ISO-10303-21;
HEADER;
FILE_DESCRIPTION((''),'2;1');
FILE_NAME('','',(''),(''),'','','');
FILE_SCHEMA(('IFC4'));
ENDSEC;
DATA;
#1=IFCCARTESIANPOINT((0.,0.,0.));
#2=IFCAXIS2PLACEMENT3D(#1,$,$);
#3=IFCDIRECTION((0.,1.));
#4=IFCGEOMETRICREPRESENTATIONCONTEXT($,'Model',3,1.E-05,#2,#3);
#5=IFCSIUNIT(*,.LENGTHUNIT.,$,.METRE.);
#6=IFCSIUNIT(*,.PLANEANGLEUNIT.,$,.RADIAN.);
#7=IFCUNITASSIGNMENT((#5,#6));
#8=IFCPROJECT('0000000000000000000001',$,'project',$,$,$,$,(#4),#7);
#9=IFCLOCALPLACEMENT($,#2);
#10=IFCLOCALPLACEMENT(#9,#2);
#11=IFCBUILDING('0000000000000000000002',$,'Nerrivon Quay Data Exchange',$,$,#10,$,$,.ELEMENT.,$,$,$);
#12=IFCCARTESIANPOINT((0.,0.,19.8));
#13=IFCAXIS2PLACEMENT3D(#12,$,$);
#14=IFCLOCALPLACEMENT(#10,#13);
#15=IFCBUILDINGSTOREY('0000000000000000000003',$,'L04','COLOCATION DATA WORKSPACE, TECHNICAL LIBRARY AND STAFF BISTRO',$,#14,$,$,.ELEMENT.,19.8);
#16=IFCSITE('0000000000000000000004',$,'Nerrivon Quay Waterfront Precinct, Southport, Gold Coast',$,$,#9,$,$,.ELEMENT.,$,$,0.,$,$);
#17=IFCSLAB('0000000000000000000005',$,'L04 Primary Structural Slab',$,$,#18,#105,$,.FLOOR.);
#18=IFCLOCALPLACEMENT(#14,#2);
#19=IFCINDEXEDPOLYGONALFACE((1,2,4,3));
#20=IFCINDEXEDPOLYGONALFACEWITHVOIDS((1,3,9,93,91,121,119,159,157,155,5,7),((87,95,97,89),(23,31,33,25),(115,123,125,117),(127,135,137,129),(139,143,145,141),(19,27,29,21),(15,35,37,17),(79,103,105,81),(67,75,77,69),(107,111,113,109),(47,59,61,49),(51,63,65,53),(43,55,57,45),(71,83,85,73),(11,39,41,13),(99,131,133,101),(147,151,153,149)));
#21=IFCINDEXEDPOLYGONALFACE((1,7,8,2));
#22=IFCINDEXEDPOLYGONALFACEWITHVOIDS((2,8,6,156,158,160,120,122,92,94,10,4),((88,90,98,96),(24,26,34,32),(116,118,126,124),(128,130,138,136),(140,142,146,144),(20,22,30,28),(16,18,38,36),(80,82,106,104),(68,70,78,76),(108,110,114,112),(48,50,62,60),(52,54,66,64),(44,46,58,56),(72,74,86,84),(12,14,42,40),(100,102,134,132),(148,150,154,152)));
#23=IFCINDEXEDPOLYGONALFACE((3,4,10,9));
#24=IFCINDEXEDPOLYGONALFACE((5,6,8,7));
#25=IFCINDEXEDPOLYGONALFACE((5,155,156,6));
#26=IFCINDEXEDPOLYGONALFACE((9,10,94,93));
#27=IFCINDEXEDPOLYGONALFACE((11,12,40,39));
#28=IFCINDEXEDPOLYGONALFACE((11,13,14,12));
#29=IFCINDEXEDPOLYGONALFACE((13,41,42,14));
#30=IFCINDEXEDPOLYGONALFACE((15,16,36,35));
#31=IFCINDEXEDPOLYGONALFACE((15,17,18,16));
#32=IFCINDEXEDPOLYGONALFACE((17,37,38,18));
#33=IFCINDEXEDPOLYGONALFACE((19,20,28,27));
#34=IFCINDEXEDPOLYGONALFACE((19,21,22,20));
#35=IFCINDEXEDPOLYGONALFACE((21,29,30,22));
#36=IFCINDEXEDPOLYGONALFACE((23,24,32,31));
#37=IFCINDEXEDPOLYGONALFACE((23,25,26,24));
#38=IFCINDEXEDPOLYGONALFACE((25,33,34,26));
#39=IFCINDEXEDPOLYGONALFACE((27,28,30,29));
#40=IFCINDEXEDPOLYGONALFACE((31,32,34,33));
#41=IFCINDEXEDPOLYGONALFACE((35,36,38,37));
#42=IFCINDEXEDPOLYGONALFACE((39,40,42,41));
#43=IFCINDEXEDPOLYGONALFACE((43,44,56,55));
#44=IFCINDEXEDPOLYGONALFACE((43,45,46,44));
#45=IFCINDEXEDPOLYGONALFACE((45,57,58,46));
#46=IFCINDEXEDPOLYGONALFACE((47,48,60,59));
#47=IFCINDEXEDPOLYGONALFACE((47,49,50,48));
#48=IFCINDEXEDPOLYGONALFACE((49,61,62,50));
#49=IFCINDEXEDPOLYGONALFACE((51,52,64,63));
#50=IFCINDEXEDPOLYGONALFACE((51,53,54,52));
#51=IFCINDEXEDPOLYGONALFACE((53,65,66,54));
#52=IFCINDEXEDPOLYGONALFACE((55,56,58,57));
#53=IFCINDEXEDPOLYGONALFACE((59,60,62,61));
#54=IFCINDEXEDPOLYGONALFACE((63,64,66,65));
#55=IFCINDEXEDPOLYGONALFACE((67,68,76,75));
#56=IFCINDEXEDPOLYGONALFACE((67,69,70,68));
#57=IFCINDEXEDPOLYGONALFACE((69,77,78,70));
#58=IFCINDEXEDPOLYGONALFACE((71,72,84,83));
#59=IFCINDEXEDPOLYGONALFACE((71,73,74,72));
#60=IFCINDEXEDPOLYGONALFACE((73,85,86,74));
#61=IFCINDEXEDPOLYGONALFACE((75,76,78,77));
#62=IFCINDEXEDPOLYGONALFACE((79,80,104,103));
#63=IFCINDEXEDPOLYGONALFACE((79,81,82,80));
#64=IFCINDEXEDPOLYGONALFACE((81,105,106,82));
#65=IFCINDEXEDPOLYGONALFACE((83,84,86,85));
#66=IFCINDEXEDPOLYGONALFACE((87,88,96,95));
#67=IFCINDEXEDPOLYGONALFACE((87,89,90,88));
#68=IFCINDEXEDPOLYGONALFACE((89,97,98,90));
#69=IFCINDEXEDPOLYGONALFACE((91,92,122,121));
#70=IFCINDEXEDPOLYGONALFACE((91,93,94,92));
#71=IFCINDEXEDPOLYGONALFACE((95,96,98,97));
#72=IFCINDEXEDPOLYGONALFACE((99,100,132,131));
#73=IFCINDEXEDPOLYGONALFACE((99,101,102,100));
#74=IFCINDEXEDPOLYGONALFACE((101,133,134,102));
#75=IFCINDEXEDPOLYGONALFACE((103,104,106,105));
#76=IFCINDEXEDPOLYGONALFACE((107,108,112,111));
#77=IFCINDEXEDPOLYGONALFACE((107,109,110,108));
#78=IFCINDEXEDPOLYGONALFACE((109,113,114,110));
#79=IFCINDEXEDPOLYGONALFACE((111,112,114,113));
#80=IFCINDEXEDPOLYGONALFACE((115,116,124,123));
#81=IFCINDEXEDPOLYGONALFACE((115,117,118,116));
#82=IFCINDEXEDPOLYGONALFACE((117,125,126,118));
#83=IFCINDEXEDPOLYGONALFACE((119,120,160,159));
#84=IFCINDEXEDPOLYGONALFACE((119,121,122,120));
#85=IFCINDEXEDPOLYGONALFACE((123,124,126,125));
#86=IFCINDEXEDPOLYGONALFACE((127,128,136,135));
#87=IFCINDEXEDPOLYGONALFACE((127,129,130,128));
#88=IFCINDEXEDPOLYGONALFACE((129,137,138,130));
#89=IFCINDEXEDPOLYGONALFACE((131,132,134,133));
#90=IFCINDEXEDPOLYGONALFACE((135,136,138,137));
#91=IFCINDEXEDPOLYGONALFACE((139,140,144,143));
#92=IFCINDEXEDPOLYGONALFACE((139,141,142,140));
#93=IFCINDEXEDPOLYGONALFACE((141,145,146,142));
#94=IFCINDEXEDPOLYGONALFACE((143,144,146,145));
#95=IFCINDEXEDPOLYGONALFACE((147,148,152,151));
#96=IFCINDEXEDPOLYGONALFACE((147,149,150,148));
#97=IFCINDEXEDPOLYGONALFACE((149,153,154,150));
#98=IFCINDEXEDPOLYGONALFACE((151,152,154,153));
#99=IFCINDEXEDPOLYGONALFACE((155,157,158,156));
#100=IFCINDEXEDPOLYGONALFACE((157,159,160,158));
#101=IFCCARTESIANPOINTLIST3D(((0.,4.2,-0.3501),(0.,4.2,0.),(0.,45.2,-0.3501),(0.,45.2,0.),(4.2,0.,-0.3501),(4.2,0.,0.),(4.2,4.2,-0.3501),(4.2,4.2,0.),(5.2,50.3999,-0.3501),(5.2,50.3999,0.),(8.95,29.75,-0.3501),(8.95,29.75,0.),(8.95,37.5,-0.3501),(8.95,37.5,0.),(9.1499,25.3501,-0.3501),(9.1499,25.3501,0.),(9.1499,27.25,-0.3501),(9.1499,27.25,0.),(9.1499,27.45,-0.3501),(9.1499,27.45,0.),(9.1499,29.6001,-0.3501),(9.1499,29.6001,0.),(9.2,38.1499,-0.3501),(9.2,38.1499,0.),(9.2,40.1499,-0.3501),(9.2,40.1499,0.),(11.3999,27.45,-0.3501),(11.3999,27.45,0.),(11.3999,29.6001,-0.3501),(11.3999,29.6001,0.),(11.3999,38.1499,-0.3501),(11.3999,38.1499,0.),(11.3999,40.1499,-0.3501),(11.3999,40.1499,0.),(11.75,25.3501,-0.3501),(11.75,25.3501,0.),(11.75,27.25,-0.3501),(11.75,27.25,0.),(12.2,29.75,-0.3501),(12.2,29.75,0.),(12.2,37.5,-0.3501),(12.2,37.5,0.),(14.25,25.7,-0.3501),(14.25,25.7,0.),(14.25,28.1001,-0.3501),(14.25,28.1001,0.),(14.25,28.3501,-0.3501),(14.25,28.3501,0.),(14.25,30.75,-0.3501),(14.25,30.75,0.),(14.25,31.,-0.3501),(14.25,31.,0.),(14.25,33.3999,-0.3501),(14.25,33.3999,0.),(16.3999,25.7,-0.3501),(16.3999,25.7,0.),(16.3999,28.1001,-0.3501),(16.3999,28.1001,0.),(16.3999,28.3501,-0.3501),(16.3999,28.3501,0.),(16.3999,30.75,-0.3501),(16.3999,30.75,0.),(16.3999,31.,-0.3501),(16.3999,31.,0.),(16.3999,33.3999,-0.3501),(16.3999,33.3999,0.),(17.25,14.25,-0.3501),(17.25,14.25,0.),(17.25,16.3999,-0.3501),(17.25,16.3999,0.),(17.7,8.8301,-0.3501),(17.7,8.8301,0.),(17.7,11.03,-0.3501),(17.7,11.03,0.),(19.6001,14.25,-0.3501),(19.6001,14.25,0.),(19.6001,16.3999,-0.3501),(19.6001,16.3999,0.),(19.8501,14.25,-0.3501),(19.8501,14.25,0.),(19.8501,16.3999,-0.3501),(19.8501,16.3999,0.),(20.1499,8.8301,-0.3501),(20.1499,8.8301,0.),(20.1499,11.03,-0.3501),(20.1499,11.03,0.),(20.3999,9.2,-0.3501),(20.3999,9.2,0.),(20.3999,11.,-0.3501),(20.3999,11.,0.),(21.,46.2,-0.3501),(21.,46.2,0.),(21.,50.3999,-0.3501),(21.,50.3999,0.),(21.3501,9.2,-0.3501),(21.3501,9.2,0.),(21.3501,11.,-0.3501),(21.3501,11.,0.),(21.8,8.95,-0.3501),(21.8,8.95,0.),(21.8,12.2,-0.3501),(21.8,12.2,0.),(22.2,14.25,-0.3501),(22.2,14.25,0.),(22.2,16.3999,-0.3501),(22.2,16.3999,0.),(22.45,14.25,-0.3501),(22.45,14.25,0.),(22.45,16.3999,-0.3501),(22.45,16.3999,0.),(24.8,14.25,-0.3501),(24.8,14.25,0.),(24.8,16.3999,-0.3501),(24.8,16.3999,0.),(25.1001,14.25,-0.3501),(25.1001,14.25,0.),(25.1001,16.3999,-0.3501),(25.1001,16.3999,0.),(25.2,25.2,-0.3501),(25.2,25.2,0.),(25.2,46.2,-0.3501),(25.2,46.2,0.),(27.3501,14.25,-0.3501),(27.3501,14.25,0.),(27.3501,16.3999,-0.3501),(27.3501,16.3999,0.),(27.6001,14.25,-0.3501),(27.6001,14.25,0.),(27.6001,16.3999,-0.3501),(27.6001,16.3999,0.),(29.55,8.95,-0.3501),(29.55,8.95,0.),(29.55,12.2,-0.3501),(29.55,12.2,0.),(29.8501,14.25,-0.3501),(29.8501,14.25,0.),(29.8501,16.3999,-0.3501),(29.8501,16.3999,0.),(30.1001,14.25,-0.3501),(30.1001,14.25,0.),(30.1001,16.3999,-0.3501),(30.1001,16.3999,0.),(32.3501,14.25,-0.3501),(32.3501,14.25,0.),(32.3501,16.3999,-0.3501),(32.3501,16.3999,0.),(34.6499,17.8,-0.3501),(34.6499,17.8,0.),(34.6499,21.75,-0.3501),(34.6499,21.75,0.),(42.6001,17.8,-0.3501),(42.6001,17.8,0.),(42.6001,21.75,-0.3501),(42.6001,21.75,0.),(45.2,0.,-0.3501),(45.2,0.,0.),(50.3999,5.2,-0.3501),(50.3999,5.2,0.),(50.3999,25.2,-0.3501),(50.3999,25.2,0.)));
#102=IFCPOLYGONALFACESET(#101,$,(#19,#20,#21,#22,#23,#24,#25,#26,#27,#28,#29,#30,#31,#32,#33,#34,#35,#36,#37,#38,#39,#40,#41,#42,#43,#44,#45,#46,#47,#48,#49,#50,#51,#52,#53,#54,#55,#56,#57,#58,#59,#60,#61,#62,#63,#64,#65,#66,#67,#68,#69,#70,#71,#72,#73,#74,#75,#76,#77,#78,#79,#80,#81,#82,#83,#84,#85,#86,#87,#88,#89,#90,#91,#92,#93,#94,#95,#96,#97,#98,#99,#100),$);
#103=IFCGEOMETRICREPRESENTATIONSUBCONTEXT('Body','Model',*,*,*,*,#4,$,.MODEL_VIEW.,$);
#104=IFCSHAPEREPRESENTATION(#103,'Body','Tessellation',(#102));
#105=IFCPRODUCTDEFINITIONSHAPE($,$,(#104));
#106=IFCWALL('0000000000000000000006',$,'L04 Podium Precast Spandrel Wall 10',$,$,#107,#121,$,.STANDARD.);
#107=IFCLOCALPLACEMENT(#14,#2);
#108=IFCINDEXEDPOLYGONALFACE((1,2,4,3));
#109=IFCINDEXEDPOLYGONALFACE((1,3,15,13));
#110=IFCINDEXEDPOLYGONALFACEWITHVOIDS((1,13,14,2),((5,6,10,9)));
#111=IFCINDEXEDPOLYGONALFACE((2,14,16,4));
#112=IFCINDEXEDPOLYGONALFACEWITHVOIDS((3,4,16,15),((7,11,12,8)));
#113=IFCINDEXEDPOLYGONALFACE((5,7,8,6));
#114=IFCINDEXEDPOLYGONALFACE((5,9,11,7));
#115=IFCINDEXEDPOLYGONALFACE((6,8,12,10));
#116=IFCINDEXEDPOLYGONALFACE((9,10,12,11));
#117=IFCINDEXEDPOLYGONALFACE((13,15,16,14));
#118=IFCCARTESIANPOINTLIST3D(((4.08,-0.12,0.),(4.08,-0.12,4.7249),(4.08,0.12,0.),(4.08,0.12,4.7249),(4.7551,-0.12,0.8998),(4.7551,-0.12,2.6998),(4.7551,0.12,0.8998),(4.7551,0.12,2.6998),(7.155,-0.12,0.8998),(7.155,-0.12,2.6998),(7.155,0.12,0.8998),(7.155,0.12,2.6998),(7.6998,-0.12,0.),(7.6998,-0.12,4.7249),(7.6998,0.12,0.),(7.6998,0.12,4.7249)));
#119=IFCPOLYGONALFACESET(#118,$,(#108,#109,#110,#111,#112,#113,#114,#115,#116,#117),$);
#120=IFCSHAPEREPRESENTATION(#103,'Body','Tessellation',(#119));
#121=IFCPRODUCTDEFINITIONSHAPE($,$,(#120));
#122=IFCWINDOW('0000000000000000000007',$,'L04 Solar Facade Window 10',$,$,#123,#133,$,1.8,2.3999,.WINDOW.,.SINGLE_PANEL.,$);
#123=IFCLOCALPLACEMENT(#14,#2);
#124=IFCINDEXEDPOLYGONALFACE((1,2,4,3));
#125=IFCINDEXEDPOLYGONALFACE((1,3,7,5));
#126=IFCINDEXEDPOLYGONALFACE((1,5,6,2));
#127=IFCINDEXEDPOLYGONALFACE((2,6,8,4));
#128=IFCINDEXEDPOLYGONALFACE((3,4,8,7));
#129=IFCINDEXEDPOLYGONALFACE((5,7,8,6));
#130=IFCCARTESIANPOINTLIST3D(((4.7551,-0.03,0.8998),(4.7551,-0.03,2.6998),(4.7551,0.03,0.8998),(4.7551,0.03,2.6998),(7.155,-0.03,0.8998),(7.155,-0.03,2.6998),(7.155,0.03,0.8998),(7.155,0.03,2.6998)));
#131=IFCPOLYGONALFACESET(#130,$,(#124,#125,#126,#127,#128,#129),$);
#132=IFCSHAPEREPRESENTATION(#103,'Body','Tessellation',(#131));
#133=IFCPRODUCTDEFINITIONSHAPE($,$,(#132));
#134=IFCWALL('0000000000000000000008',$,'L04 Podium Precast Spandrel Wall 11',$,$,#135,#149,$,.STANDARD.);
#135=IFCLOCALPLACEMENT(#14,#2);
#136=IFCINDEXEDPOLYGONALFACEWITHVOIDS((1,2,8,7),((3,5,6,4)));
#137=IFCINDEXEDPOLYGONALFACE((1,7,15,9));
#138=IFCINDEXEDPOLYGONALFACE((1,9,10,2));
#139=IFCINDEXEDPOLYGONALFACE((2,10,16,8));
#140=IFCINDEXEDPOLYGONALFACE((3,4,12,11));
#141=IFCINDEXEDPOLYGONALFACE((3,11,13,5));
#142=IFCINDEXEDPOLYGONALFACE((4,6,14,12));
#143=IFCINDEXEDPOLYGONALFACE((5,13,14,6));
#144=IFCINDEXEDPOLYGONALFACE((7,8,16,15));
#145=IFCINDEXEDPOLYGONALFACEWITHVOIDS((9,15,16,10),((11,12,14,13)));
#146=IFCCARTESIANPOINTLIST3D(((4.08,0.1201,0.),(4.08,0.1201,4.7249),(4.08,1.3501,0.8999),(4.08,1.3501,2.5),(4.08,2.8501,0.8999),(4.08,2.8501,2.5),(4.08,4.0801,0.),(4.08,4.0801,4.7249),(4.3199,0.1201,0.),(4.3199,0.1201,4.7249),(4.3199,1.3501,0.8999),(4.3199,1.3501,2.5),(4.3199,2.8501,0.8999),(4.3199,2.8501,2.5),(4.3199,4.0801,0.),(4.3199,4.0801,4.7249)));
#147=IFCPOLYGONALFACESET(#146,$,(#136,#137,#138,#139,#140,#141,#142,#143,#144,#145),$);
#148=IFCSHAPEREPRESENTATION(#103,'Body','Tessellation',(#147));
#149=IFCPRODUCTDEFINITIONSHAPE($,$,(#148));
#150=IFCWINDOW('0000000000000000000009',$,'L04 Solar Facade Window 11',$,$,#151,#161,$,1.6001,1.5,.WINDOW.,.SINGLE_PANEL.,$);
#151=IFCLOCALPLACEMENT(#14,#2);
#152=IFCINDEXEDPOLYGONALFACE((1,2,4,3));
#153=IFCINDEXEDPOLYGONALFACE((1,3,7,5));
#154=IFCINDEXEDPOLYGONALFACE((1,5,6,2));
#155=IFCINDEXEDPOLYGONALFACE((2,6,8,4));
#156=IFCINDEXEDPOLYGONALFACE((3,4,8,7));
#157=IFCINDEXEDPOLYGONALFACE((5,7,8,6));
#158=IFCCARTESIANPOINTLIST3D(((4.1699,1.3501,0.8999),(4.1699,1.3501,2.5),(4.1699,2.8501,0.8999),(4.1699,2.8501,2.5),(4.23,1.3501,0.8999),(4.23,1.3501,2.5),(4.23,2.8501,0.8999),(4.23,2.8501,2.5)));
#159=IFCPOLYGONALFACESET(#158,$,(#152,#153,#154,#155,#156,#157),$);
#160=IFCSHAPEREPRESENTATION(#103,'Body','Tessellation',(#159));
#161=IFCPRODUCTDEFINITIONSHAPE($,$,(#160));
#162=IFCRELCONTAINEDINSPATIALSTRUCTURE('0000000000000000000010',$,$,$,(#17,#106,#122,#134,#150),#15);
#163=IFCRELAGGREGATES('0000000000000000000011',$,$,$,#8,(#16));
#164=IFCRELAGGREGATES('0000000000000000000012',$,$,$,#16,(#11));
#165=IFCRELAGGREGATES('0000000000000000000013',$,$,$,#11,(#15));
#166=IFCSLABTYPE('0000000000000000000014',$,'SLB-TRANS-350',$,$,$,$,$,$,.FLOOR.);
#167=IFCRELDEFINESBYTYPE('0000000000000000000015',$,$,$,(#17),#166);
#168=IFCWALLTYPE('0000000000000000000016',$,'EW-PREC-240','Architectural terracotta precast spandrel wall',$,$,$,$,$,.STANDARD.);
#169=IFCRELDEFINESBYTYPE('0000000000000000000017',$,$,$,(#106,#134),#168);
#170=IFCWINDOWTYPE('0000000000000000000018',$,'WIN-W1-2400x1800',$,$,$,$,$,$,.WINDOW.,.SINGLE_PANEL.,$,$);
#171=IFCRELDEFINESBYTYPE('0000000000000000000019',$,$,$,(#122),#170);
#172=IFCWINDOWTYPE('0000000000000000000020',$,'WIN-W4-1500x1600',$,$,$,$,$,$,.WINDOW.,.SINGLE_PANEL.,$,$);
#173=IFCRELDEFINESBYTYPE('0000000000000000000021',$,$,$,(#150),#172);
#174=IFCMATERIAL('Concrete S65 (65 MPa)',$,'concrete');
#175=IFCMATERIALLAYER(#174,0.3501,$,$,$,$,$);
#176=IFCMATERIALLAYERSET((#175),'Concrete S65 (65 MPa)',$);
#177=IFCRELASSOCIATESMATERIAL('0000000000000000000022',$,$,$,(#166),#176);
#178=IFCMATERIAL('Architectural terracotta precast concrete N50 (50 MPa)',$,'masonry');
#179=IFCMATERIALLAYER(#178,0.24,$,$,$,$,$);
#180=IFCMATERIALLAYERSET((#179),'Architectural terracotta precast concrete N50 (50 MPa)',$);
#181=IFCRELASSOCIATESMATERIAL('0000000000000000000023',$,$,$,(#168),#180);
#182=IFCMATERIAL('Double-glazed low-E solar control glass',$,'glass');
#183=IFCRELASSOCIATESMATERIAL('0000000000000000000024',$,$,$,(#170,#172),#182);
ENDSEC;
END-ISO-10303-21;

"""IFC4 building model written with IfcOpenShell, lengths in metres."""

from ifc_helpers import new_model, si_unit, direction, frame, frame_2d, origin, place, context, subcontext, project, spatial, polyline, rectangle, outline, extrude, material, layer, layer_set, type_object, element, fill, save


model = new_model("IFC4")

# Units and contexts
model_context = context("Model", 3, precision=1e-05, world=origin(), true_north=direction((0.0, 1.0)))
body_context = subcontext(model_context, "Body", "Model", "MODEL_VIEW")
ifc_project = project(units=[si_unit("LENGTHUNIT", "METRE"), si_unit("PLANEANGLEUNIT", "RADIAN")], contexts=[model_context])

# Site, building, storey
site_placement = place(None, origin())
site = spatial("IfcSite", under=ifc_project, at=site_placement, Name="Nerrivon Quay Waterfront Precinct, Southport, Gold Coast", CompositionType="ELEMENT", RefElevation=0.0)
building_placement = place(site_placement, origin())
building = spatial("IfcBuilding", under=site, at=building_placement, Name="Nerrivon Quay Data Exchange", CompositionType="ELEMENT")
storey_placement = place(building_placement, frame((0.0, 0.0, 19.8)))
storey = spatial("IfcBuildingStorey", under=building, at=storey_placement, Name="L04", Description="COLOCATION DATA WORKSPACE, TECHNICAL LIBRARY AND STAFF BISTRO", CompositionType="ELEMENT", Elevation=19.8)

# Shared definitions
ifc_material_1 = material(Name="Double-glazed low-E solar control glass", Category="glass")

# Slab
ifc_material_2 = material(Name="Concrete S65 (65 MPa)", Category="concrete")
ifc_layer_1 = layer(ifc_material_2, 0.3501)
ifc_layer_set_1 = layer_set([ifc_layer_1], Name="Concrete S65 (65 MPa)")
slab_type_1 = type_object("IfcSlabType", Name="SLB-TRANS-350", PredefinedType="FLOOR", material=ifc_layer_set_1)
slab_1_placement = place(storey_placement, frame((0.0, 0.0, -0.3501)))
element("IfcSlab", 1, at=slab_1_placement, inside=storey, type_object=slab_type_1, Name="L04 Primary Structural Slab", PredefinedType="FLOOR", context=body_context, shape_type="SweptSolid", body=[
    extrude(outline(polyline([(50.3999, 25.2), (25.2, 25.2), (25.2, 46.2), (21.0, 46.2), (21.0, 50.3999), (5.2, 50.3999), (0.0, 45.2), (0.0, 4.2), (4.2, 4.2), (4.2, 0.0), (45.2, 0.0), (50.3999, 5.2), (50.3999, 25.2)]), holes=[polyline([(8.95, 29.75), (8.95, 37.5), (12.2, 37.5), (12.2, 29.75), (8.95, 29.75)]), polyline([(21.8, 12.2), (29.55, 12.2), (29.55, 8.95), (21.8, 8.95), (21.8, 12.2)]), polyline([(34.6499, 21.75), (42.6001, 21.75), (42.6001, 17.8), (34.6499, 17.8), (34.6499, 21.75)]), polyline([(30.1001, 16.3999), (32.3501, 16.3999), (32.3501, 14.25), (30.1001, 14.25), (30.1001, 16.3999)]), polyline([(27.6001, 16.3999), (29.8501, 16.3999), (29.8501, 14.25), (27.6001, 14.25), (27.6001, 16.3999)]), polyline([(25.1001, 16.3999), (27.3501, 16.3999), (27.3501, 14.25), (25.1001, 14.25), (25.1001, 16.3999)]), polyline([(22.45, 16.3999), (24.8, 16.3999), (24.8, 14.25), (22.45, 14.25), (22.45, 16.3999)]), polyline([(19.8501, 16.3999), (22.2, 16.3999), (22.2, 14.25), (19.8501, 14.25), (19.8501, 16.3999)]), polyline([(20.3999, 11.0), (21.3501, 11.0), (21.3501, 9.2), (20.3999, 9.2), (20.3999, 11.0)]), polyline([(17.7, 8.8301), (17.7, 11.03), (20.1499, 11.03), (20.1499, 8.8301), (17.7, 8.8301)]), polyline([(17.25, 14.25), (17.25, 16.3999), (19.6001, 16.3999), (19.6001, 14.25), (17.25, 14.25)]), polyline([(14.25, 28.1001), (16.3999, 28.1001), (16.3999, 25.7), (14.25, 25.7), (14.25, 28.1001)]), polyline([(14.25, 30.75), (16.3999, 30.75), (16.3999, 28.3501), (14.25, 28.3501), (14.25, 30.75)]), polyline([(14.25, 33.3999), (16.3999, 33.3999), (16.3999, 31.0), (14.25, 31.0), (14.25, 33.3999)]), polyline([(9.1499, 27.25), (11.75, 27.25), (11.75, 25.3501), (9.1499, 25.3501), (9.1499, 27.25)]), polyline([(9.1499, 29.6001), (11.3999, 29.6001), (11.3999, 27.45), (9.1499, 27.45), (9.1499, 29.6001)]), polyline([(9.2, 40.1499), (11.3999, 40.1499), (11.3999, 38.1499), (9.2, 38.1499), (9.2, 40.1499)])]), origin(), (0.0, 0.0, 1.0), 0.3501),
])

# Walls, openings, windows
ifc_material_3 = material(Name="Architectural terracotta precast concrete N50 (50 MPa)", Category="masonry")
ifc_layer_2 = layer(ifc_material_3, 0.24)
ifc_layer_set_2 = layer_set([ifc_layer_2], Name="Architectural terracotta precast concrete N50 (50 MPa)")
wall_type_1 = type_object("IfcWallType", Name="EW-PREC-240", Description="Architectural terracotta precast spandrel wall", PredefinedType="STANDARD", material=ifc_layer_set_2)
wall_1_placement = place(storey_placement, frame((7.7, 0.0, 0.0), z_axis=(0.0, 0.0, 1.0), x_axis=(-1.0, 0.0, 0.0)))
wall_1 = element("IfcWall", 2, at=wall_1_placement, inside=storey, type_object=wall_type_1, Name="L04 Podium Precast Spandrel Wall 10", PredefinedType="STANDARD", context=body_context, shape_type="SweptSolid", body=[
    extrude(rectangle(XDim=3.6199, YDim=0.24, at=frame_2d((1.8101, 0.0))), origin(), (0.0, 0.0, 1.0), 4.7249),
])
opening_1_placement = place(wall_1_placement, frame((0.5449, 0.0, 0.8999)))
opening_1 = element("IfcOpeningElement", 3, at=opening_1_placement, cuts=wall_1, PredefinedType="OPENING", context=body_context, shape_type="SweptSolid", body=[
    extrude(rectangle(XDim=2.3999, YDim=1.8, at=frame_2d((1.2, 0.8999))), frame((0.0, 0.1299, 0.0), z_axis=(0.0, -1.0, 0.0), x_axis=(1.0, 0.0, 0.0)), (0.0, 0.0, 1.0), 0.26),
])
window_type_1 = type_object("IfcWindowType", Name="WIN-W1-2400x1800", PartitioningType="SINGLE_PANEL", PredefinedType="WINDOW", material=ifc_material_1)
window_1_placement = place(opening_1_placement, origin())
window_1 = element("IfcWindow", 4, at=window_1_placement, inside=storey, type_object=window_type_1, Name="L04 Solar Facade Window 10", OverallHeight=1.8, OverallWidth=2.3999, PartitioningType="SINGLE_PANEL", PredefinedType="WINDOW", context=body_context, shape_type="SweptSolid", body=[
    extrude(rectangle(XDim=2.3999, YDim=1.8, at=frame_2d((1.2, 0.8999))), frame((0.0, 0.03, 0.0), z_axis=(0.0, -1.0, 0.0), x_axis=(1.0, 0.0, 0.0)), (0.0, 0.0, 1.0), 0.0601),
])
fill(opening_1, window_1)
wall_2_placement = place(storey_placement, frame((4.2, 0.1201, 0.0), z_axis=(0.0, 0.0, 1.0), x_axis=(0.0, 1.0, 0.0)))
wall_2 = element("IfcWall", 5, at=wall_2_placement, inside=storey, type_object=wall_type_1, Name="L04 Podium Precast Spandrel Wall 11", PredefinedType="STANDARD", context=body_context, shape_type="SweptSolid", body=[
    extrude(rectangle(XDim=3.96, YDim=0.24, at=frame_2d((1.98, 0.0))), origin(), (0.0, 0.0, 1.0), 4.7249),
])
opening_2_placement = place(wall_2_placement, frame((1.23, 0.0, 0.8999)))
opening_2 = element("IfcOpeningElement", 6, at=opening_2_placement, cuts=wall_2, PredefinedType="OPENING", context=body_context, shape_type="SweptSolid", body=[
    extrude(rectangle(XDim=1.5, YDim=1.6001, at=frame_2d((0.75, 0.8))), frame((0.0, 0.1299, 0.0), z_axis=(0.0, -1.0, 0.0), x_axis=(1.0, 0.0, 0.0)), (0.0, 0.0, 1.0), 0.26),
])
window_type_2 = type_object("IfcWindowType", Name="WIN-W4-1500x1600", PartitioningType="SINGLE_PANEL", PredefinedType="WINDOW", material=ifc_material_1)
window_2_placement = place(opening_2_placement, origin())
window_2 = element("IfcWindow", 7, at=window_2_placement, inside=storey, type_object=window_type_2, Name="L04 Solar Facade Window 11", OverallHeight=1.6001, OverallWidth=1.5, PartitioningType="SINGLE_PANEL", PredefinedType="WINDOW", context=body_context, shape_type="SweptSolid", body=[
    extrude(rectangle(XDim=1.5, YDim=1.6001, at=frame_2d((0.75, 0.8))), frame((0.0, 0.03, 0.0), z_axis=(0.0, -1.0, 0.0), x_axis=(1.0, 0.0, 0.0)), (0.0, 0.0, 1.0), 0.0601),
])
fill(opening_2, window_2)

save(model, "model.ifc")
